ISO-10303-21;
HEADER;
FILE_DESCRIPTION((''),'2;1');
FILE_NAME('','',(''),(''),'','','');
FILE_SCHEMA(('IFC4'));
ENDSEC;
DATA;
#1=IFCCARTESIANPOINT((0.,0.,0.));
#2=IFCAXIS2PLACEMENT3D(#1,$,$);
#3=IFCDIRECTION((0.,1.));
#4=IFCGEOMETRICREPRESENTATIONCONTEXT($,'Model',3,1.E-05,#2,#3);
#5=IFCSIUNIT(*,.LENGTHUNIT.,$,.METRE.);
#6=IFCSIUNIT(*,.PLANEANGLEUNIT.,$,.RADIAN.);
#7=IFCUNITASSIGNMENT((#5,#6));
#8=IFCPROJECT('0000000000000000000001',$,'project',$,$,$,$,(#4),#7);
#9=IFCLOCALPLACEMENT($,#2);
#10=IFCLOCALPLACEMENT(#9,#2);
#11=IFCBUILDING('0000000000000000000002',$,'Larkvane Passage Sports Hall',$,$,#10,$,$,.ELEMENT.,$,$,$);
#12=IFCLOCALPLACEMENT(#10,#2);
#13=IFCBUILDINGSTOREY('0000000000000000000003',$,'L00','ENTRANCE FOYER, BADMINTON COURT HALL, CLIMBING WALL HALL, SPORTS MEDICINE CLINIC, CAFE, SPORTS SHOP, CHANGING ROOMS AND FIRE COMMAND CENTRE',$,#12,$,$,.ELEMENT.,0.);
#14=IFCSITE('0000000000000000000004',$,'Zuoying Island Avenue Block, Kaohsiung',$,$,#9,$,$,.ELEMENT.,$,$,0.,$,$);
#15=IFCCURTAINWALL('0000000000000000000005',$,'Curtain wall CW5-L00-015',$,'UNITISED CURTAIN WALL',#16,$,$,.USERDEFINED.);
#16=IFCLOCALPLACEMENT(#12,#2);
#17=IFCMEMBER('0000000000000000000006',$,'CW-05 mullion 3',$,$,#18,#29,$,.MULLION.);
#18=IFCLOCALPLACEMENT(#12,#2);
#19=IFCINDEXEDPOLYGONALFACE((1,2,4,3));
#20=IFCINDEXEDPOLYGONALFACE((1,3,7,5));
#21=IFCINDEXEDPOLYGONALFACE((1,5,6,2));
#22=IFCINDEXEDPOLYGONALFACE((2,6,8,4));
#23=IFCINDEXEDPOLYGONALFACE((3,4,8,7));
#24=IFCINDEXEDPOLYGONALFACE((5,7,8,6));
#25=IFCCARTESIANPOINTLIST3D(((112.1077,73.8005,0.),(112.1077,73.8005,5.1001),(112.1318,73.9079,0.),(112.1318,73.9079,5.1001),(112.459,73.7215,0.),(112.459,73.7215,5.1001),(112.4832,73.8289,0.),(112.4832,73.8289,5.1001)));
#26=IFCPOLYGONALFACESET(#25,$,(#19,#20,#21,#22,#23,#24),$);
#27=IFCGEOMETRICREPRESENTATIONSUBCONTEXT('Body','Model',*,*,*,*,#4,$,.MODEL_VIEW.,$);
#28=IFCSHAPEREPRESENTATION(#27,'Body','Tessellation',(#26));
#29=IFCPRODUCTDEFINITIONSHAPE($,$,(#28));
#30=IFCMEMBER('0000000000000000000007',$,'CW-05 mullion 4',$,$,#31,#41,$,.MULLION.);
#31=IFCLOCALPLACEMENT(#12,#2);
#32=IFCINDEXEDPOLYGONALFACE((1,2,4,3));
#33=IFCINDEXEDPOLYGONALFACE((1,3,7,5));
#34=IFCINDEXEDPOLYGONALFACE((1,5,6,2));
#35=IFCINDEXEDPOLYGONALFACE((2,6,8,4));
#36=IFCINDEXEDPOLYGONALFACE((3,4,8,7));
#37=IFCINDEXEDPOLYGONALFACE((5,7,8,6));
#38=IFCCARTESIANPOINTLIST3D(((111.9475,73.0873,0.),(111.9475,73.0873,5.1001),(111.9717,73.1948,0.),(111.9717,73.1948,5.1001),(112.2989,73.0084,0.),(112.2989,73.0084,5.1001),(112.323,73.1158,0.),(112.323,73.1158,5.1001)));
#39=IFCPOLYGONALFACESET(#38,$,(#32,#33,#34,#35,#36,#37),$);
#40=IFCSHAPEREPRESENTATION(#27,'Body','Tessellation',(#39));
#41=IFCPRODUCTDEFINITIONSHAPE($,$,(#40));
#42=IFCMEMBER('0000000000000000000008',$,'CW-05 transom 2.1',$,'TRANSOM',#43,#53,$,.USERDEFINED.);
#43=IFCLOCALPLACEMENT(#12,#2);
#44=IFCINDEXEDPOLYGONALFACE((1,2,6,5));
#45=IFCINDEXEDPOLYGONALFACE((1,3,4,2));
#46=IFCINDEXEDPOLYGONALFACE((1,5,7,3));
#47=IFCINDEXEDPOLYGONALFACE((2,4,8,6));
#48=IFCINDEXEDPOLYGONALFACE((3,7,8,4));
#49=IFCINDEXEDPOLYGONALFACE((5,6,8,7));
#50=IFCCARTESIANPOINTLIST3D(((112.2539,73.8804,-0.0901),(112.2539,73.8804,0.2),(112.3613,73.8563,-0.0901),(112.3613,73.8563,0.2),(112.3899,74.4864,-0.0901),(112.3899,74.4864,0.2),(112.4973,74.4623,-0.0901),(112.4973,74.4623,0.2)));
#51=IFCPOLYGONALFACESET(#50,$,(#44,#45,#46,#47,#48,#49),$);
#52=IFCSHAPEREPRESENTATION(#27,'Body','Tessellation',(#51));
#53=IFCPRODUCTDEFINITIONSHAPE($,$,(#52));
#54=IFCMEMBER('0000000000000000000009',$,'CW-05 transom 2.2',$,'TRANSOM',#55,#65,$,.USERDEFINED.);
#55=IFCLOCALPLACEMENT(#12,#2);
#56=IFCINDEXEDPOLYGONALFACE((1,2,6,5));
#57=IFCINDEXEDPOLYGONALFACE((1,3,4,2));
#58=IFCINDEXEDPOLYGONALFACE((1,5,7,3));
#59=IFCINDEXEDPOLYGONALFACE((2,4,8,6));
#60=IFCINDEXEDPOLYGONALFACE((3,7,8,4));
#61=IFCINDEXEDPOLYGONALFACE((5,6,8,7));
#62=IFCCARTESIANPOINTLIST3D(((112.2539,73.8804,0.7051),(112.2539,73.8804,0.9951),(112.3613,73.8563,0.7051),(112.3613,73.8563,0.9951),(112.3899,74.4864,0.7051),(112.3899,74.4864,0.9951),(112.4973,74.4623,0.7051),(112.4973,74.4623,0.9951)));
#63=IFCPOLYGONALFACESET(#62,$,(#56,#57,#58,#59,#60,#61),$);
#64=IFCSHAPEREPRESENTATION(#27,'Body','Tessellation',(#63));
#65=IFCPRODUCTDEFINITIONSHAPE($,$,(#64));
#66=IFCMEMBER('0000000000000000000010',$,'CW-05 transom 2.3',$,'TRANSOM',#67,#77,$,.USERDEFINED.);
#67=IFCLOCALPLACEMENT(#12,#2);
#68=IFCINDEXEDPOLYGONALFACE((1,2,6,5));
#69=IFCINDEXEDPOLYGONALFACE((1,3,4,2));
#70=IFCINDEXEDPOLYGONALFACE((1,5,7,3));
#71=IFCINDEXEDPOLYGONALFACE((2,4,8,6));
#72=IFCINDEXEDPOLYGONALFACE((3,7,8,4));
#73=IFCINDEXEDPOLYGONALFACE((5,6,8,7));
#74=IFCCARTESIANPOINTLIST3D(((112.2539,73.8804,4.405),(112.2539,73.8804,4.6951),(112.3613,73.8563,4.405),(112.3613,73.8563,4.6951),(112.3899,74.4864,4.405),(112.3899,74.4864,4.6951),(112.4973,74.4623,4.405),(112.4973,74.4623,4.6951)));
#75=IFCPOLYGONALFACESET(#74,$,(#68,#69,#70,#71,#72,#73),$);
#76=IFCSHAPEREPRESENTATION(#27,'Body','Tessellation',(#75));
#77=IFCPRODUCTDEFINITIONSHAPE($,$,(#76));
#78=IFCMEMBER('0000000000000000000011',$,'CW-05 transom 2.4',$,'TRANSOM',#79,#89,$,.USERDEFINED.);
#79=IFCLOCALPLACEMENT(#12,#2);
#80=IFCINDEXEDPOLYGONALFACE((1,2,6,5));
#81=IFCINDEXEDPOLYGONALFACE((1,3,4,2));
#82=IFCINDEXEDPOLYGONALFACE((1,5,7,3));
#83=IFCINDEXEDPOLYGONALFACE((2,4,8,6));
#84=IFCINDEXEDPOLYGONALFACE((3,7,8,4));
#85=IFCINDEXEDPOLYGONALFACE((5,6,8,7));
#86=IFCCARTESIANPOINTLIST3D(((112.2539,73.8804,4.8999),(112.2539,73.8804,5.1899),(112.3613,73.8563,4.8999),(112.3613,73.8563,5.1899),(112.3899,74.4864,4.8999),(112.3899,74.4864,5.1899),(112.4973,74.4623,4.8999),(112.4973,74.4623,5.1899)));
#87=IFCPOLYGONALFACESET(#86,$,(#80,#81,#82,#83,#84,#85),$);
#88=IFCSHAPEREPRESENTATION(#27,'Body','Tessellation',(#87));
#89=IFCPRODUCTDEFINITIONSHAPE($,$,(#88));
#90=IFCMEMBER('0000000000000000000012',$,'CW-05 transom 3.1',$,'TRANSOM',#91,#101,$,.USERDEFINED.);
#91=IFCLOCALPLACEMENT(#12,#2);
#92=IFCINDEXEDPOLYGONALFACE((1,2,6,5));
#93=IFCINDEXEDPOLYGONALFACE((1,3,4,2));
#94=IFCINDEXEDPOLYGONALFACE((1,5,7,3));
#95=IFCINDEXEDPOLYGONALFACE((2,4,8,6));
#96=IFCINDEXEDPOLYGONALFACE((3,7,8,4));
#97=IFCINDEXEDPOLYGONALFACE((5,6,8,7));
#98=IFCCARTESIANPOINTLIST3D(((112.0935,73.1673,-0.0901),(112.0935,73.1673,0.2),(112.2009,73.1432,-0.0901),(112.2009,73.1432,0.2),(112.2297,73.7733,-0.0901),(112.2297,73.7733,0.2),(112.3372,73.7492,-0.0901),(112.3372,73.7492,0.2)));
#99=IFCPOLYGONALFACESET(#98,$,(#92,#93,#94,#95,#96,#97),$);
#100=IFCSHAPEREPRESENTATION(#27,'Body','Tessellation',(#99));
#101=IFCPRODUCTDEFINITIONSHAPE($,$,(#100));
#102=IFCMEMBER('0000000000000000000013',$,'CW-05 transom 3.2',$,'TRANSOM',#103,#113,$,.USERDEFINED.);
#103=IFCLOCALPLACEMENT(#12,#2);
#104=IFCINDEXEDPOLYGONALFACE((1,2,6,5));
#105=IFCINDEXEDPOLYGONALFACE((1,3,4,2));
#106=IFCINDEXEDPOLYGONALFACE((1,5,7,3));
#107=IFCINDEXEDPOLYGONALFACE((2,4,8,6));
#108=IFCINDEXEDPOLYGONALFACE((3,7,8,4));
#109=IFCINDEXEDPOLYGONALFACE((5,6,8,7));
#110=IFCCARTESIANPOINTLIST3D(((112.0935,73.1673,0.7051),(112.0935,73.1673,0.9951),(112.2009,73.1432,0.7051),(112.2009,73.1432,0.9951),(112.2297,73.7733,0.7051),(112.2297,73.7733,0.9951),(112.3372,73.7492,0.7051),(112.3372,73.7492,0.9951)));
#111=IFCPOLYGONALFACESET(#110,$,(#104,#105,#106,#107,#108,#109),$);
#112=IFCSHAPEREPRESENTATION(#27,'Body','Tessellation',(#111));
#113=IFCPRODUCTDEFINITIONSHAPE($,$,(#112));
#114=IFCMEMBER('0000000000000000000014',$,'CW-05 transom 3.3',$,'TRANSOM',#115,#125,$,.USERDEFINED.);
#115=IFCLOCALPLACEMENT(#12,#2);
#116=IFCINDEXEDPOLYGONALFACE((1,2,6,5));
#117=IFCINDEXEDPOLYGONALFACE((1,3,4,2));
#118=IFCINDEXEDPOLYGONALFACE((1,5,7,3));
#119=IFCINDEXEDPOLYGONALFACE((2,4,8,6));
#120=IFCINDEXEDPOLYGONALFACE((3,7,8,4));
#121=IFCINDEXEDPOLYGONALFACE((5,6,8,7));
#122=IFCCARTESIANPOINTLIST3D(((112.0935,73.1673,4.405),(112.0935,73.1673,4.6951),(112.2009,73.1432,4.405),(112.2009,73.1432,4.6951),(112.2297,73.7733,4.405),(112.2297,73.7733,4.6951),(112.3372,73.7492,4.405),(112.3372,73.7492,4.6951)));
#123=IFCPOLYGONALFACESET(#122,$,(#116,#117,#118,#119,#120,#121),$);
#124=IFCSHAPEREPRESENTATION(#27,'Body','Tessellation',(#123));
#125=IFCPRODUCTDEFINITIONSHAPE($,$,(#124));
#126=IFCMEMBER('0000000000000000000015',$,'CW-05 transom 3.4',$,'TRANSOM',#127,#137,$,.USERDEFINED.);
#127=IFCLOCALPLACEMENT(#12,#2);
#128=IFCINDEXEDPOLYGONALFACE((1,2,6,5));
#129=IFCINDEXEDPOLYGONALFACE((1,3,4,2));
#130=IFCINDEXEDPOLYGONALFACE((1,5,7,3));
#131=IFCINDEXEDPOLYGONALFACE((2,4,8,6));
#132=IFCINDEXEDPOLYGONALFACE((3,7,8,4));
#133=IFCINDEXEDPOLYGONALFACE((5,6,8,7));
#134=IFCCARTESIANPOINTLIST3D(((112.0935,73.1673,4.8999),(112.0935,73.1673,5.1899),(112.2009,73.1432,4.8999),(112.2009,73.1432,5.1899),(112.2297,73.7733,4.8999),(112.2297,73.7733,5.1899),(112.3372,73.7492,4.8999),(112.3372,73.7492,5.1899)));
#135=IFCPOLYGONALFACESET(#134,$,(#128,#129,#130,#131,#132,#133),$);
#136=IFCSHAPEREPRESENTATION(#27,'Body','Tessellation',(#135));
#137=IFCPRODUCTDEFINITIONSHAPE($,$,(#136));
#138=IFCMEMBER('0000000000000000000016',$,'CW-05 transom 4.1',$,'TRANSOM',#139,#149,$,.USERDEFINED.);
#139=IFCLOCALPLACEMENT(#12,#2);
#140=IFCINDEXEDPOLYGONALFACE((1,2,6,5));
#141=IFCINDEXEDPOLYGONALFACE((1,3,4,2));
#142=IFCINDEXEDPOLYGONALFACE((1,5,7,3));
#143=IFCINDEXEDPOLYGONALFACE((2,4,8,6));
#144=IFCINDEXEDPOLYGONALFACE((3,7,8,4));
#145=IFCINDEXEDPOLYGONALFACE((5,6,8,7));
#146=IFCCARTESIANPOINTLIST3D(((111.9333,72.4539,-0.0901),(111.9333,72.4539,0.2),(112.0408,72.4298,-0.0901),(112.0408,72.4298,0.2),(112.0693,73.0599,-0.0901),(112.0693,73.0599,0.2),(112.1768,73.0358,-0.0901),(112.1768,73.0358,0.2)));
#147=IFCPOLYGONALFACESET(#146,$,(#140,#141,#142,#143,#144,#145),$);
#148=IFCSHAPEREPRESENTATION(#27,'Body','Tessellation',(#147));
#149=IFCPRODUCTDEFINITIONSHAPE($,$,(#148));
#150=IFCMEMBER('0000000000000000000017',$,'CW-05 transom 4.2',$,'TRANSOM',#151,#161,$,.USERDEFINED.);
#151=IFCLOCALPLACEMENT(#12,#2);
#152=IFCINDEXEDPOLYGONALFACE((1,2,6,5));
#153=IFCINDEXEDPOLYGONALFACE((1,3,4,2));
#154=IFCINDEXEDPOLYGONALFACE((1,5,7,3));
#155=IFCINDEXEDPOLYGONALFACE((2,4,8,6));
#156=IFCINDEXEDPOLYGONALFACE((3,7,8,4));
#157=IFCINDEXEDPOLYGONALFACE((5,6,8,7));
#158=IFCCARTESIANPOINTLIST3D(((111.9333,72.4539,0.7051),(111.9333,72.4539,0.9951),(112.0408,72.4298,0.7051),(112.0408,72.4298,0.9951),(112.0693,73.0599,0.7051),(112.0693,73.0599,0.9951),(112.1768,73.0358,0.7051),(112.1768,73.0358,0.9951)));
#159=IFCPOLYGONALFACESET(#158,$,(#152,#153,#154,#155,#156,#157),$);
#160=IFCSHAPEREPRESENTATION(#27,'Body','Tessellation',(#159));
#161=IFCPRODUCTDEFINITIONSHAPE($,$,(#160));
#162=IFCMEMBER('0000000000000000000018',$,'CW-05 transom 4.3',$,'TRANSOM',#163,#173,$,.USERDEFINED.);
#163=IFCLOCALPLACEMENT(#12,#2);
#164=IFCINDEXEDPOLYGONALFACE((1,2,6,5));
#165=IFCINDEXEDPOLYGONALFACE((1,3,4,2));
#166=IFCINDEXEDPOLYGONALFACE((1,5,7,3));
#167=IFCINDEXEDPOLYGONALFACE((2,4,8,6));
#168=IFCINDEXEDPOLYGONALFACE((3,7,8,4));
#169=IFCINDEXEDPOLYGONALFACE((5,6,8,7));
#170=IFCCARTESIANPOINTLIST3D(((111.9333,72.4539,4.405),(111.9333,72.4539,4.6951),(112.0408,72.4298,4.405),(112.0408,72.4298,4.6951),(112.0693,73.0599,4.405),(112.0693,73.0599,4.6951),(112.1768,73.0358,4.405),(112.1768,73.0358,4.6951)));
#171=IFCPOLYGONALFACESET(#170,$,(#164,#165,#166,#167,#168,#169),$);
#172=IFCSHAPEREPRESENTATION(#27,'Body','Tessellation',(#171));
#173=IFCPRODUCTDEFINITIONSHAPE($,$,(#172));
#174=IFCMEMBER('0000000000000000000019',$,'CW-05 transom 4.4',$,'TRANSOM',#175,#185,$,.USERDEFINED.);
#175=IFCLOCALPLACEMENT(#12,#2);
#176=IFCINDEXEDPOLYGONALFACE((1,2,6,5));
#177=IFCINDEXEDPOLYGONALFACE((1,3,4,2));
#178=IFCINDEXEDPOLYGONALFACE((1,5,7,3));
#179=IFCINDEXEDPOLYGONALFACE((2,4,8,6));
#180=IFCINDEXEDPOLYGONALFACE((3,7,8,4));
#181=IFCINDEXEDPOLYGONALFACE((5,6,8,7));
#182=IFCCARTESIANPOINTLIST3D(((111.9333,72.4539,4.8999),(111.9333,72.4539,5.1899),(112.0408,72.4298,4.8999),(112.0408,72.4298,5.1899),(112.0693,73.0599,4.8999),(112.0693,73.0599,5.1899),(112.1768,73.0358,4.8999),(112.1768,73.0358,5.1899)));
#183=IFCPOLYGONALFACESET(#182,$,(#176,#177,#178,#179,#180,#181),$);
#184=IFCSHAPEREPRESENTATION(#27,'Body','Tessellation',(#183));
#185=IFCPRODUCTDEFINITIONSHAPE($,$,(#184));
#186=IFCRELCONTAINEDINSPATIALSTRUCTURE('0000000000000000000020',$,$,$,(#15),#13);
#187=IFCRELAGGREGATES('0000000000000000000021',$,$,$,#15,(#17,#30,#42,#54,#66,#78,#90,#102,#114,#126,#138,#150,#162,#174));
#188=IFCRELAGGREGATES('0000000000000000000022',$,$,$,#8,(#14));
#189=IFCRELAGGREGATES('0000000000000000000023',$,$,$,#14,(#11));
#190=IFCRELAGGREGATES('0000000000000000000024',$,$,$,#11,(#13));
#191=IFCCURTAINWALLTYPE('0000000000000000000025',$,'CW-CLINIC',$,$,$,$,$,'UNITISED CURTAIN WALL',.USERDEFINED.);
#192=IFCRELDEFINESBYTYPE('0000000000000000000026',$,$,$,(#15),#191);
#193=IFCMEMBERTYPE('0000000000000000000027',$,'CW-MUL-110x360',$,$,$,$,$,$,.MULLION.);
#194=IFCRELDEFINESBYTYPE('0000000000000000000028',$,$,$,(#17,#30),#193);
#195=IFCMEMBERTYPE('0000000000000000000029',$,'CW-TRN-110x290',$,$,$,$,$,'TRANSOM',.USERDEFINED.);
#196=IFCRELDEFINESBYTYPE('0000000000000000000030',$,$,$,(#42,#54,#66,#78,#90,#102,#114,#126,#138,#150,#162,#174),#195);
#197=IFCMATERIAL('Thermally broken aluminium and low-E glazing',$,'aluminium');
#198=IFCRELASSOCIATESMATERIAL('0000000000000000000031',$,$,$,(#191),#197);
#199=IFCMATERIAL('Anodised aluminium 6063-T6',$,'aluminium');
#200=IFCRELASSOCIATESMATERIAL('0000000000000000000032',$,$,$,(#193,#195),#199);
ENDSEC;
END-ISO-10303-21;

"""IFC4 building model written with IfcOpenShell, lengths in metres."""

from ifc_helpers import new_model, si_unit, direction, frame, origin, origin_2d, place, context, subcontext, project, spatial, rectangle, extrude, material, material_profile, profile_set, type_object, element, aggregate, save


model = new_model("IFC4")

# Units and contexts
model_context = context("Model", 3, precision=1e-05, world=origin(), true_north=direction((0.0, 1.0)))
body_context = subcontext(model_context, "Body", "Model", "MODEL_VIEW")
ifc_project = project(units=[si_unit("LENGTHUNIT", "METRE"), si_unit("PLANEANGLEUNIT", "RADIAN")], contexts=[model_context])

# Site, building, storey
site_placement = place(None, origin())
site = spatial("IfcSite", under=ifc_project, at=site_placement, Name="Zuoying Island Avenue Block, Kaohsiung", CompositionType="ELEMENT", RefElevation=0.0)
building_placement = place(site_placement, origin())
building = spatial("IfcBuilding", under=site, at=building_placement, Name="Larkvane Passage Sports Hall", CompositionType="ELEMENT")
storey_placement = place(building_placement, origin())
storey = spatial("IfcBuildingStorey", under=building, at=storey_placement, Name="L00", Description="ENTRANCE FOYER, BADMINTON COURT HALL, CLIMBING WALL HALL, SPORTS MEDICINE CLINIC, CAFE, SPORTS SHOP, CHANGING ROOMS AND FIRE COMMAND CENTRE", CompositionType="ELEMENT", Elevation=0.0)

# Curtain wall, members
ifc_material_1 = material(Name="Thermally broken aluminium and low-E glazing", Category="aluminium")
curtain_wall_type = type_object("IfcCurtainWallType", Name="CW-CLINIC", ElementType="UNITISED CURTAIN WALL", PredefinedType="USERDEFINED", material=ifc_material_1)
curtain_wall_placement = place(storey_placement, origin())
curtain_wall = element("IfcCurtainWall", 1, at=curtain_wall_placement, inside=storey, type_object=curtain_wall_type, Name="Curtain wall CW5-L00-015", ObjectType="UNITISED CURTAIN WALL", PredefinedType="USERDEFINED")
ifc_material_2 = material(Name="Anodised aluminium 6063-T6", Category="aluminium")
ifc_material_profile_1 = material_profile(ifc_material_2, rectangle(XDim=0.1101, YDim=0.3601, at=origin_2d()), Name="ALU-MUL-110x360")
ifc_profile_set_1 = profile_set([ifc_material_profile_1], Name="Anodised aluminium 6063-T6")
member_type_1 = type_object("IfcMemberType", Name="CW-MUL-110x360", PredefinedType="MULLION", material=ifc_profile_set_1)
member_1_placement = place(storey_placement, frame((112.2954, 73.8147, 0.0), z_axis=(0.0, 0.0, 1.0), x_axis=(-0.219244, -0.97567, 0.0)))
member_1 = element("IfcMember", 2, at=member_1_placement, type_object=member_type_1, Name="CW-05 mullion 3", PredefinedType="MULLION", context=body_context, shape_type="SweptSolid", body=[
    extrude(rectangle(XDim=0.1101, YDim=0.3601, at=origin_2d()), origin(), (0.0, 0.0, 1.0), 5.1001),
])
member_2_placement = place(storey_placement, frame((112.1353, 73.1016, 0.0), z_axis=(0.0, 0.0, 1.0), x_axis=(-0.219244, -0.97567, 0.0)))
member_2 = element("IfcMember", 3, at=member_2_placement, type_object=member_type_1, Name="CW-05 mullion 4", PredefinedType="MULLION", context=body_context, shape_type="SweptSolid", body=[
    extrude(rectangle(XDim=0.1101, YDim=0.3601, at=origin_2d()), origin(), (0.0, 0.0, 1.0), 5.1001),
])
ifc_material_profile_2 = material_profile(ifc_material_2, rectangle(XDim=0.1101, YDim=0.29, at=origin_2d()), Name="ALU-TRN-110x290")
ifc_profile_set_2 = profile_set([ifc_material_profile_2], Name="Anodised aluminium 6063-T6")
member_type_2 = type_object("IfcMemberType", Name="CW-TRN-110x290", ElementType="TRANSOM", PredefinedType="USERDEFINED", material=ifc_profile_set_2)
member_3_placement = place(storey_placement, frame((112.4436, 74.4744, 0.0549), z_axis=(-0.21897, -0.975732, 0.0), x_axis=(0.975732, -0.21897, 0.0)))
member_3 = element("IfcMember", 4, at=member_3_placement, type_object=member_type_2, Name="CW-05 transom 2.1", ObjectType="TRANSOM", PredefinedType="USERDEFINED", context=body_context, shape_type="SweptSolid", body=[
    extrude(rectangle(XDim=0.1101, YDim=0.29, at=origin_2d()), origin(), (0.0, 0.0, 1.0), 0.6211),
])
member_4_placement = place(storey_placement, frame((112.4436, 74.4744, 0.8501), z_axis=(-0.21897, -0.975732, 0.0), x_axis=(0.975732, -0.21897, 0.0)))
member_4 = element("IfcMember", 5, at=member_4_placement, type_object=member_type_2, Name="CW-05 transom 2.2", ObjectType="TRANSOM", PredefinedType="USERDEFINED", context=body_context, shape_type="SweptSolid", body=[
    extrude(rectangle(XDim=0.1101, YDim=0.29, at=origin_2d()), origin(), (0.0, 0.0, 1.0), 0.6211),
])
member_5_placement = place(storey_placement, frame((112.4436, 74.4744, 4.55), z_axis=(-0.21897, -0.975732, 0.0), x_axis=(0.975732, -0.21897, 0.0)))
member_5 = element("IfcMember", 6, at=member_5_placement, type_object=member_type_2, Name="CW-05 transom 2.3", ObjectType="TRANSOM", PredefinedType="USERDEFINED", context=body_context, shape_type="SweptSolid", body=[
    extrude(rectangle(XDim=0.1101, YDim=0.29, at=origin_2d()), origin(), (0.0, 0.0, 1.0), 0.6211),
])
member_6_placement = place(storey_placement, frame((112.4436, 74.4744, 5.0449), z_axis=(-0.21897, -0.975732, 0.0), x_axis=(0.975732, -0.21897, 0.0)))
member_6 = element("IfcMember", 7, at=member_6_placement, type_object=member_type_2, Name="CW-05 transom 2.4", ObjectType="TRANSOM", PredefinedType="USERDEFINED", context=body_context, shape_type="SweptSolid", body=[
    extrude(rectangle(XDim=0.1101, YDim=0.29, at=origin_2d()), origin(), (0.0, 0.0, 1.0), 0.6211),
])
member_7_placement = place(storey_placement, frame((112.2834, 73.7612, 0.0549), z_axis=(-0.219344, -0.975648, 0.0), x_axis=(0.975648, -0.219344, 0.0)))
member_7 = element("IfcMember", 8, at=member_7_placement, type_object=member_type_2, Name="CW-05 transom 3.1", ObjectType="TRANSOM", PredefinedType="USERDEFINED", context=body_context, shape_type="SweptSolid", body=[
    extrude(rectangle(XDim=0.1101, YDim=0.29, at=origin_2d()), origin(), (0.0, 0.0, 1.0), 0.6211),
])
member_8_placement = place(storey_placement, frame((112.2834, 73.7612, 0.8501), z_axis=(-0.219344, -0.975648, 0.0), x_axis=(0.975648, -0.219344, 0.0)))
member_8 = element("IfcMember", 9, at=member_8_placement, type_object=member_type_2, Name="CW-05 transom 3.2", ObjectType="TRANSOM", PredefinedType="USERDEFINED", context=body_context, shape_type="SweptSolid", body=[
    extrude(rectangle(XDim=0.1101, YDim=0.29, at=origin_2d()), origin(), (0.0, 0.0, 1.0), 0.6211),
])
member_9_placement = place(storey_placement, frame((112.2834, 73.7612, 4.55), z_axis=(-0.219344, -0.975648, 0.0), x_axis=(0.975648, -0.219344, 0.0)))
member_9 = element("IfcMember", 10, at=member_9_placement, type_object=member_type_2, Name="CW-05 transom 3.3", ObjectType="TRANSOM", PredefinedType="USERDEFINED", context=body_context, shape_type="SweptSolid", body=[
    extrude(rectangle(XDim=0.1101, YDim=0.29, at=origin_2d()), origin(), (0.0, 0.0, 1.0), 0.6211),
])
member_10_placement = place(storey_placement, frame((112.2834, 73.7612, 5.0449), z_axis=(-0.219344, -0.975648, 0.0), x_axis=(0.975648, -0.219344, 0.0)))
member_10 = element("IfcMember", 11, at=member_10_placement, type_object=member_type_2, Name="CW-05 transom 3.4", ObjectType="TRANSOM", PredefinedType="USERDEFINED", context=body_context, shape_type="SweptSolid", body=[
    extrude(rectangle(XDim=0.1101, YDim=0.29, at=origin_2d()), origin(), (0.0, 0.0, 1.0), 0.6211),
])
member_11_placement = place(storey_placement, frame((112.123, 73.0479, 0.0549), z_axis=(-0.21897, -0.975732, 0.0), x_axis=(0.975732, -0.21897, 0.0)))
member_11 = element("IfcMember", 12, at=member_11_placement, type_object=member_type_2, Name="CW-05 transom 4.1", ObjectType="TRANSOM", PredefinedType="USERDEFINED", context=body_context, shape_type="SweptSolid", body=[
    extrude(rectangle(XDim=0.1101, YDim=0.29, at=origin_2d()), origin(), (0.0, 0.0, 1.0), 0.6211),
])
member_12_placement = place(storey_placement, frame((112.123, 73.0479, 0.8501), z_axis=(-0.21897, -0.975732, 0.0), x_axis=(0.975732, -0.21897, 0.0)))
member_12 = element("IfcMember", 13, at=member_12_placement, type_object=member_type_2, Name="CW-05 transom 4.2", ObjectType="TRANSOM", PredefinedType="USERDEFINED", context=body_context, shape_type="SweptSolid", body=[
    extrude(rectangle(XDim=0.1101, YDim=0.29, at=origin_2d()), origin(), (0.0, 0.0, 1.0), 0.6211),
])
member_13_placement = place(storey_placement, frame((112.123, 73.0479, 4.55), z_axis=(-0.21897, -0.975732, 0.0), x_axis=(0.975732, -0.21897, 0.0)))
member_13 = element("IfcMember", 14, at=member_13_placement, type_object=member_type_2, Name="CW-05 transom 4.3", ObjectType="TRANSOM", PredefinedType="USERDEFINED", context=body_context, shape_type="SweptSolid", body=[
    extrude(rectangle(XDim=0.1101, YDim=0.29, at=origin_2d()), origin(), (0.0, 0.0, 1.0), 0.6211),
])
member_14_placement = place(storey_placement, frame((112.123, 73.0479, 5.0449), z_axis=(-0.21897, -0.975732, 0.0), x_axis=(0.975732, -0.21897, 0.0)))
member_14 = element("IfcMember", 15, at=member_14_placement, type_object=member_type_2, Name="CW-05 transom 4.4", ObjectType="TRANSOM", PredefinedType="USERDEFINED", context=body_context, shape_type="SweptSolid", body=[
    extrude(rectangle(XDim=0.1101, YDim=0.29, at=origin_2d()), origin(), (0.0, 0.0, 1.0), 0.6211),
])
aggregate(curtain_wall, [member_1, member_2, member_3, member_4, member_5, member_6, member_7, member_8, member_9, member_10, member_11, member_12, member_13, member_14])

save(model, "model.ifc")
